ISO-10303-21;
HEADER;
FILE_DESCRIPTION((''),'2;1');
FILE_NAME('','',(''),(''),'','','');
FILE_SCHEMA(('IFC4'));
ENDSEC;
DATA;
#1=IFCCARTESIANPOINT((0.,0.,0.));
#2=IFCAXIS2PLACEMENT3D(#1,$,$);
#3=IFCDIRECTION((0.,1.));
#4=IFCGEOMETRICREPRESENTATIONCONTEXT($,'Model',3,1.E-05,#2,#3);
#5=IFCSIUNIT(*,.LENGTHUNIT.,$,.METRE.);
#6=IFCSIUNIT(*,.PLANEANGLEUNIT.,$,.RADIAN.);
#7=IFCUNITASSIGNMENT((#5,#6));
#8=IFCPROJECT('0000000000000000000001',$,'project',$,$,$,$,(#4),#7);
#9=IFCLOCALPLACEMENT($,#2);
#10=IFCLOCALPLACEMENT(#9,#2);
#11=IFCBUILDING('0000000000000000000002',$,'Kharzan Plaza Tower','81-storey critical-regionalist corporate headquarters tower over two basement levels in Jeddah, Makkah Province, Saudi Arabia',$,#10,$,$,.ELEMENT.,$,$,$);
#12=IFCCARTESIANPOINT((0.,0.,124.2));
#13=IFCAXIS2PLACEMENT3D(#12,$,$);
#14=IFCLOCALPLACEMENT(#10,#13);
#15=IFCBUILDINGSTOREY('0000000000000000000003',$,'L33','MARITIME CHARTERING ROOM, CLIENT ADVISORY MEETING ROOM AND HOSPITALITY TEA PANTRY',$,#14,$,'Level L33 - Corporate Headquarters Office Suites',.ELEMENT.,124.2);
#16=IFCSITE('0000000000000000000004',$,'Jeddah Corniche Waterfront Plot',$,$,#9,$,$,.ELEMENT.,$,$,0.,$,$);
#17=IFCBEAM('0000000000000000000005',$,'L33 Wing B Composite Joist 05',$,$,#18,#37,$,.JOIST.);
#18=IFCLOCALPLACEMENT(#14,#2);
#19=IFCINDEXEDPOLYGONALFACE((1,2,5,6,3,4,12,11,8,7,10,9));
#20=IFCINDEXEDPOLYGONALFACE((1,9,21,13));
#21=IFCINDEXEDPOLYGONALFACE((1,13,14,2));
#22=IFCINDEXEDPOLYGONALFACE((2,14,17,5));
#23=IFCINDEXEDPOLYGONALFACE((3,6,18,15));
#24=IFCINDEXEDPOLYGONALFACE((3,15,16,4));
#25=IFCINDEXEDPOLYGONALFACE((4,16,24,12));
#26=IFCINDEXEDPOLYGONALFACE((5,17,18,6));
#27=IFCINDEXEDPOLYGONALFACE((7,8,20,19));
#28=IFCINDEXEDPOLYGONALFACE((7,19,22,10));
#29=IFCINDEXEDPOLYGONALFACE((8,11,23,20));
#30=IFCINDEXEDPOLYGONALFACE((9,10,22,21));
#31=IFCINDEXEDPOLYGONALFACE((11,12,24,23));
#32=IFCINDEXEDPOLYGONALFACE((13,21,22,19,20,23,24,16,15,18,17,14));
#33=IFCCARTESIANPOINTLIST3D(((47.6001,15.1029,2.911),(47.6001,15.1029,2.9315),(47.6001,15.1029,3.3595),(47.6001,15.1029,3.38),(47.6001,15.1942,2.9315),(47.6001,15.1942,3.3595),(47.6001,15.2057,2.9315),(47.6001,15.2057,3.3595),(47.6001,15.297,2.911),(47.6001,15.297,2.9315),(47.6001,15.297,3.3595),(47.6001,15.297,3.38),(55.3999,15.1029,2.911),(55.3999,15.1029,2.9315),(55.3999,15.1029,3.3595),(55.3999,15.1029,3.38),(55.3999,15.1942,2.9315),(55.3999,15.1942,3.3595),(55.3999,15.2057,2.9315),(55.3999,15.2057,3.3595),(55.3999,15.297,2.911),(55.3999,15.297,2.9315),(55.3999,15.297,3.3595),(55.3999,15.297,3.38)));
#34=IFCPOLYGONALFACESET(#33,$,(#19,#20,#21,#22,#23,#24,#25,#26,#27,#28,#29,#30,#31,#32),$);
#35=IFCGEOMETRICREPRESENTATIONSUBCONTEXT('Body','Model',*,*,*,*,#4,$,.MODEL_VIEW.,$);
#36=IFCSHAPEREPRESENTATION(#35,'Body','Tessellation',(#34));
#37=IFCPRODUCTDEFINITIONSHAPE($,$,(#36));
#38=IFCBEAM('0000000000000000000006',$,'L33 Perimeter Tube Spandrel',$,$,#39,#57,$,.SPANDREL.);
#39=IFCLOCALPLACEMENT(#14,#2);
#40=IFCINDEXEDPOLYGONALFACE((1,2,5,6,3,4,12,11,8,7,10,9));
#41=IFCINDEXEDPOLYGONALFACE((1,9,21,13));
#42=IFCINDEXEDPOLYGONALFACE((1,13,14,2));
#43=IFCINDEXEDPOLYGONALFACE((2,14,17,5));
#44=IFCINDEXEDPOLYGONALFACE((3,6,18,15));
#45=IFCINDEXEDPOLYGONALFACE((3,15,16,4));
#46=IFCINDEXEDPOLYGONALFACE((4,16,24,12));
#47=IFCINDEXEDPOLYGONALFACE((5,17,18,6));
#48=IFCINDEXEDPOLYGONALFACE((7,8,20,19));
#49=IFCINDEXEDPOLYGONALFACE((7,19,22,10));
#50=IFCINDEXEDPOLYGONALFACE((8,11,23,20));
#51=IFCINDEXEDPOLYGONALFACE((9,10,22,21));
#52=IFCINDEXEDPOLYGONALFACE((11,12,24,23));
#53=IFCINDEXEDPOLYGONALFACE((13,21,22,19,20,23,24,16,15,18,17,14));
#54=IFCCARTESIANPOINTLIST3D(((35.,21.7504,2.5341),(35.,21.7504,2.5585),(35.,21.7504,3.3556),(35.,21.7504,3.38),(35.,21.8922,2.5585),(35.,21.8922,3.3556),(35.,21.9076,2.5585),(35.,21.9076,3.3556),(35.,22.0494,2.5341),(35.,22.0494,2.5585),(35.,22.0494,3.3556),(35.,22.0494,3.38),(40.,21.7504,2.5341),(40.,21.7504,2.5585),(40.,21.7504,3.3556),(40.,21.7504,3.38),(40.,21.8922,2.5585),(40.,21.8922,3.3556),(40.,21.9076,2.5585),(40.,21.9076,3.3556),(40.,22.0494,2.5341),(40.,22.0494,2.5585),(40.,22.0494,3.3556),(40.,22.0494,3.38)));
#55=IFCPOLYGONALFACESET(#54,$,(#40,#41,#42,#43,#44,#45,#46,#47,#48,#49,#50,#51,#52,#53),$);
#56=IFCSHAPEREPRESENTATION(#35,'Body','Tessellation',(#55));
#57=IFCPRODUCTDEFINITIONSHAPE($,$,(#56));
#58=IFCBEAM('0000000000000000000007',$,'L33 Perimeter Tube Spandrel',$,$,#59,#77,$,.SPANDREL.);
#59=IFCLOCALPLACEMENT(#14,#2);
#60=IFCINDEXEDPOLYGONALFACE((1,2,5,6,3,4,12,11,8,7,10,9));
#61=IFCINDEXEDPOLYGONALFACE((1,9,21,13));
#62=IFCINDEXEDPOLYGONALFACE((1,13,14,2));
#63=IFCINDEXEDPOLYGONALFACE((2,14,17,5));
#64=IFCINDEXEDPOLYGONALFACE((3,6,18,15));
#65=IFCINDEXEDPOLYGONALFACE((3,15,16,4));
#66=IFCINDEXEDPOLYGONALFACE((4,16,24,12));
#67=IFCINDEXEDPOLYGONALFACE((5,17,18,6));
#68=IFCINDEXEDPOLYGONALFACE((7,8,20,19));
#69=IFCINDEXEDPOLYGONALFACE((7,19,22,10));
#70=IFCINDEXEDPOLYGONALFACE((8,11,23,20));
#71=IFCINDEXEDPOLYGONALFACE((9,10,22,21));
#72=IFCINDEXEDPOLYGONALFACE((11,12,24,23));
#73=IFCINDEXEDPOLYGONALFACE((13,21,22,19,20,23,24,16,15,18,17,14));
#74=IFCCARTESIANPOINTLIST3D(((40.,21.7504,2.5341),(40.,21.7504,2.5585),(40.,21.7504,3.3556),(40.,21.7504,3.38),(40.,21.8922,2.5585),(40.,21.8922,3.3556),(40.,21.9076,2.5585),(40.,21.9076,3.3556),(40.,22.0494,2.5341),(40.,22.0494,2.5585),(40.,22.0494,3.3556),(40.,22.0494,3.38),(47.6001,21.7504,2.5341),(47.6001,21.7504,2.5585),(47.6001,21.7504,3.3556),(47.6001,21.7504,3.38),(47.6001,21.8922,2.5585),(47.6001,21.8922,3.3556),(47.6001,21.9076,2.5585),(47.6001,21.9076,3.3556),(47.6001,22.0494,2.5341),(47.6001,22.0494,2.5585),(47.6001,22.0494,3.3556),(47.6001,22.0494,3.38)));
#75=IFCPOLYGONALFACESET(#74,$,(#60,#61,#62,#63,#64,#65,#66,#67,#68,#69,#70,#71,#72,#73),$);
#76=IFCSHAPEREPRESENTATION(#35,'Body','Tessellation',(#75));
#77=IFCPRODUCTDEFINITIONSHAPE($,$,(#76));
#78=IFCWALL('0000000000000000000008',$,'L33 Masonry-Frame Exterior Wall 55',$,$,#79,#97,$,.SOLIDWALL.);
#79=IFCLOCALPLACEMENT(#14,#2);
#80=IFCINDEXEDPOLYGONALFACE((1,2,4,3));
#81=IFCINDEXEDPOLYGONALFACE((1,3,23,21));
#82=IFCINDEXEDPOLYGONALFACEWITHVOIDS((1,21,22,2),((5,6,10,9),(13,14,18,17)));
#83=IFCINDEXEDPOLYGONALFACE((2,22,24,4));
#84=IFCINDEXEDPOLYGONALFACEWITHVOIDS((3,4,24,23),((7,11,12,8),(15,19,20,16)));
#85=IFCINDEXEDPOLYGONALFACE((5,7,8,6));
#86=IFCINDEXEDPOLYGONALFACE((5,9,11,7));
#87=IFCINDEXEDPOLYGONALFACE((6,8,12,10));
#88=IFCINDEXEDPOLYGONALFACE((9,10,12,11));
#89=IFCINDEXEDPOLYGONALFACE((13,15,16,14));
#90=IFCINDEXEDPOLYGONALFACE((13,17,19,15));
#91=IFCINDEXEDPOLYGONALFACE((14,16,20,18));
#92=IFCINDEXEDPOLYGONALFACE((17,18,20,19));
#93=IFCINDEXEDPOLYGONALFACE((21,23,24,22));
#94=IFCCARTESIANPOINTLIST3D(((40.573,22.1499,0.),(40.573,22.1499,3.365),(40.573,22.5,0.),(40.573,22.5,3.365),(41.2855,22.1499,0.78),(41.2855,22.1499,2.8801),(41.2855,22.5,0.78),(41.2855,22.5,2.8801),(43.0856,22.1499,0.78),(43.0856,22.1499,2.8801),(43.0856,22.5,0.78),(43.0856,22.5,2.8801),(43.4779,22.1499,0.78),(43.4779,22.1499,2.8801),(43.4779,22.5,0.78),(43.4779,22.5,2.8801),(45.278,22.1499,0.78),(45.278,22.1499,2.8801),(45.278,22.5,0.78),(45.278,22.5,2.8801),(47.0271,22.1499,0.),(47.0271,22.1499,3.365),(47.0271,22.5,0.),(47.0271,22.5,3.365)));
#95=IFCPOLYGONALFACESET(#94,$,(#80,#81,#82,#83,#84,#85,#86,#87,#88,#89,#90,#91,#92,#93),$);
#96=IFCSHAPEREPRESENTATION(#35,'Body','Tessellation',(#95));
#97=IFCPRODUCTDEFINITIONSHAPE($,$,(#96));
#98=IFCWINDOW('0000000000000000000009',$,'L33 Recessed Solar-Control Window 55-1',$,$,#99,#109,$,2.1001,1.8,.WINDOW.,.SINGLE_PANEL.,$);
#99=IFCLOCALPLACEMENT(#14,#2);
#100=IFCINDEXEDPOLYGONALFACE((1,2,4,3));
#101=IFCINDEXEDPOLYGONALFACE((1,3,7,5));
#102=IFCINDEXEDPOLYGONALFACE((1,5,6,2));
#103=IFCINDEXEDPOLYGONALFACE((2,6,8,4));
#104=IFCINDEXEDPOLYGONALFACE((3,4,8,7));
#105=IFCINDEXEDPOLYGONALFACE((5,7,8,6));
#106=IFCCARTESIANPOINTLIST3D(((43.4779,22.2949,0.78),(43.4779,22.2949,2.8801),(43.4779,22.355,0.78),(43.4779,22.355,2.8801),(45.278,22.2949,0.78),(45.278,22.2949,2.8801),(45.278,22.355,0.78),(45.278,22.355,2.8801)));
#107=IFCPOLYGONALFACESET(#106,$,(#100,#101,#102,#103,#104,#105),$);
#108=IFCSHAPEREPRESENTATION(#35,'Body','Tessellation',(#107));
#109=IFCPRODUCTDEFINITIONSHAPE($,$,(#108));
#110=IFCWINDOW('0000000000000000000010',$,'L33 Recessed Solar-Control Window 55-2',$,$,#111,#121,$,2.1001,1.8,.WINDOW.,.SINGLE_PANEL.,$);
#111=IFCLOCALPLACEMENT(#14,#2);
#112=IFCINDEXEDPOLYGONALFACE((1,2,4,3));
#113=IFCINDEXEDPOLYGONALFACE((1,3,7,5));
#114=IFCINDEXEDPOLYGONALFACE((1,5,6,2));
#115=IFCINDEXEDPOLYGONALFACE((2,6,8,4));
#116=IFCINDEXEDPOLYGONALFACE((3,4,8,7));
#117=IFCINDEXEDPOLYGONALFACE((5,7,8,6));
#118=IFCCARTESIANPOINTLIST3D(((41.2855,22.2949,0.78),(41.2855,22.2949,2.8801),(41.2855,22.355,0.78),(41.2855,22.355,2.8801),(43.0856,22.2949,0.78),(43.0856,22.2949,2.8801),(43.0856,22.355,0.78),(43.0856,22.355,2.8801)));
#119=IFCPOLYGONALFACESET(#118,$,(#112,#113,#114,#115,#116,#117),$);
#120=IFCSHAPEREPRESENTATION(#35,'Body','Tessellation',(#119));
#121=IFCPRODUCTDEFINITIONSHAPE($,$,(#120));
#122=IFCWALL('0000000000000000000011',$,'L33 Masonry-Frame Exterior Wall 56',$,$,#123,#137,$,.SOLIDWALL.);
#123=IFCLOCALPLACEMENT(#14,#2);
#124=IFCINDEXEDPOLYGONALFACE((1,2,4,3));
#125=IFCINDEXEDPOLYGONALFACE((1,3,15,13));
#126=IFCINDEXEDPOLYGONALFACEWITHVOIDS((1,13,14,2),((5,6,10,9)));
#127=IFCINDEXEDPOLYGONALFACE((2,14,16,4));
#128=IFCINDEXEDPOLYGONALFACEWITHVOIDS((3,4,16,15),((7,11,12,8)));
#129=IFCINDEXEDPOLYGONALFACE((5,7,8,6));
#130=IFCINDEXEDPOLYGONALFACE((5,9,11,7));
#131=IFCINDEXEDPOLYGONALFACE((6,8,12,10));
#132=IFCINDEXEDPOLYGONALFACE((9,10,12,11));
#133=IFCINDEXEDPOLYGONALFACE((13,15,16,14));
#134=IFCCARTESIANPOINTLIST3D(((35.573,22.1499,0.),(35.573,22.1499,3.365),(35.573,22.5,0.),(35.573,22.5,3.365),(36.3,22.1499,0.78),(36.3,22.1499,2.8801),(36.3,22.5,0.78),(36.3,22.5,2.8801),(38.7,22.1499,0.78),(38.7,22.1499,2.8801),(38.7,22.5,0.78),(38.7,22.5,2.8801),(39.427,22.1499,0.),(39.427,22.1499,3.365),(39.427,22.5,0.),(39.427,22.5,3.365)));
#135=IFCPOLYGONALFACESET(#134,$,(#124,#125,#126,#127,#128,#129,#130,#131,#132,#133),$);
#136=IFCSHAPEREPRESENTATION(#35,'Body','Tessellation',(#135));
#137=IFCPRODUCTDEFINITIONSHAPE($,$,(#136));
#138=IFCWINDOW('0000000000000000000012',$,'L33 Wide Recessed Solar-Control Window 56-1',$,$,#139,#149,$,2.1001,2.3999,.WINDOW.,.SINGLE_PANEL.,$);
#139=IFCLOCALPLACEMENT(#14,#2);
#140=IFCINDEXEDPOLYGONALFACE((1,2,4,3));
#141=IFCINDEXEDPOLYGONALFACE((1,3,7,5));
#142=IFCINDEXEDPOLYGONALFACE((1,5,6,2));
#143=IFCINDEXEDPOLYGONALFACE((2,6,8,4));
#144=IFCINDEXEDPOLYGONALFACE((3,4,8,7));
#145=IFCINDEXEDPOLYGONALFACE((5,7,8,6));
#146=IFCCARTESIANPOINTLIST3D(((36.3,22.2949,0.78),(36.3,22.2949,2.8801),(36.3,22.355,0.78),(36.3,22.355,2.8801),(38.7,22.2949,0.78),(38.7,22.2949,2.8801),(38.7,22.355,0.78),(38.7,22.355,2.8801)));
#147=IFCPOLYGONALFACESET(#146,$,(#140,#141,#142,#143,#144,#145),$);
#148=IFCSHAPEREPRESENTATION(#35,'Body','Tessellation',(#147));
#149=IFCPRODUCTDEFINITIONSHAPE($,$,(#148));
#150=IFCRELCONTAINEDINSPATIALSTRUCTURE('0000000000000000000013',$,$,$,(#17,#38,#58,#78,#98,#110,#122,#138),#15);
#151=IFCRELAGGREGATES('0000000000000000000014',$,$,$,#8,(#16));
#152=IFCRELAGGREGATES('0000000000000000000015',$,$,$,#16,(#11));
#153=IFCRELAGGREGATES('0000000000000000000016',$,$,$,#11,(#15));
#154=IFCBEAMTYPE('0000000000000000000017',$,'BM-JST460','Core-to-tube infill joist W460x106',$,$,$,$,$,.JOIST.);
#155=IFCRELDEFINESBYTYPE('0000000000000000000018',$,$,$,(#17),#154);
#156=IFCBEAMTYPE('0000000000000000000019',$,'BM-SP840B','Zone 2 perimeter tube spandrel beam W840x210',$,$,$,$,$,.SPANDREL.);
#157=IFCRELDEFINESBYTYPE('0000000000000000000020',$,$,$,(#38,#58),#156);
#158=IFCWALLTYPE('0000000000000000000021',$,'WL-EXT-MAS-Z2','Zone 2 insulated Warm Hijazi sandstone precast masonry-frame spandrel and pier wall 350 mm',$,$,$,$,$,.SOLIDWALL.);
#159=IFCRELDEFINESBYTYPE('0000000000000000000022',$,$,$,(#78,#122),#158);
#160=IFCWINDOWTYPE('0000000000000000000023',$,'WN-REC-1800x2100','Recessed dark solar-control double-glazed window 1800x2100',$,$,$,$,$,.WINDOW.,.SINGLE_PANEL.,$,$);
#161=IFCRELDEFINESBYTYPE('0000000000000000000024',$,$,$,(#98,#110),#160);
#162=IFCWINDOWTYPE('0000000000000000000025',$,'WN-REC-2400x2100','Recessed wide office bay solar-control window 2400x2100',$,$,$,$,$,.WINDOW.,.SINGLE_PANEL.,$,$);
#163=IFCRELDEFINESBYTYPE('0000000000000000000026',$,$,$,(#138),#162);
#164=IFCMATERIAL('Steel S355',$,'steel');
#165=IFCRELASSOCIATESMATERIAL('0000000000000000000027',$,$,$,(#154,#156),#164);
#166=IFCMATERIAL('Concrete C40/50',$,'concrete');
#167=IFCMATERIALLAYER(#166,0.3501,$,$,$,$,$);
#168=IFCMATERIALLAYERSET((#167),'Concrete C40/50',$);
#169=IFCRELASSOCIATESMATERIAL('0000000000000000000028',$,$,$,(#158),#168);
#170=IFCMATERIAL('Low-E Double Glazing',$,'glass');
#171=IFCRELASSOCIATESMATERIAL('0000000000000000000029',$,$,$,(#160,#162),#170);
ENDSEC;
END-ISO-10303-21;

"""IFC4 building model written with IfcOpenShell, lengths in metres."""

from ifc_helpers import new_model, si_unit, direction, frame, frame_2d, origin, origin_2d, place, context, subcontext, project, spatial, rectangle, i_section, extrude, source, transform, mapped, material, layer, layer_set, material_profile, profile_set, type_object, element, fill, save


model = new_model("IFC4")

# Units and contexts
model_context = context("Model", 3, precision=1e-05, world=origin(), true_north=direction((0.0, 1.0)))
body_context = subcontext(model_context, "Body", "Model", "MODEL_VIEW")
ifc_project = project(units=[si_unit("LENGTHUNIT", "METRE"), si_unit("PLANEANGLEUNIT", "RADIAN")], contexts=[model_context])

# Site, building, storey
site_placement = place(None, origin())
site = spatial("IfcSite", under=ifc_project, at=site_placement, Name="Jeddah Corniche Waterfront Plot", CompositionType="ELEMENT", RefElevation=0.0)
building_placement = place(site_placement, origin())
building = spatial("IfcBuilding", under=site, at=building_placement, Name="Kharzan Plaza Tower", Description="81-storey critical-regionalist corporate headquarters tower over two basement levels in Jeddah, Makkah Province, Saudi Arabia", CompositionType="ELEMENT")
storey_placement = place(building_placement, frame((0.0, 0.0, 124.2)))
storey = spatial("IfcBuildingStorey", under=building, at=storey_placement, Name="L33", Description="MARITIME CHARTERING ROOM, CLIENT ADVISORY MEETING ROOM AND HOSPITALITY TEA PANTRY", LongName="Level L33 - Corporate Headquarters Office Suites", CompositionType="ELEMENT", Elevation=124.2)

# Beams
ifc_material_1 = material(Name="Steel S355", Category="steel")
ifc_material_profile_1 = material_profile(ifc_material_1, i_section(OverallWidth=0.1941, OverallDepth=0.469, WebThickness=0.0115, FlangeThickness=0.0205, at=origin_2d()), Name="W460x106")
ifc_profile_set_1 = profile_set([ifc_material_profile_1], Name="Steel S355")
beam_type_1 = type_object("IfcBeamType", Name="BM-JST460", Description="Core-to-tube infill joist W460x106", PredefinedType="JOIST", material=ifc_profile_set_1)
shared_shape_1 = source(origin(), body_context, "Body", "SweptSolid", [
    extrude(i_section(OverallWidth=0.1941, OverallDepth=0.469, WebThickness=0.0115, FlangeThickness=0.0205, at=origin_2d()), origin(), (0.0, 0.0, 1.0), 7.7998),
])
beam_1_placement = place(storey_placement, frame((47.6001, 15.2, 3.1455), z_axis=(1.0, 0.0, 0.0), x_axis=(0.0, 1.0, 0.0)))
element("IfcBeam", 1, at=beam_1_placement, inside=storey, type_object=beam_type_1, Name="L33 Wing B Composite Joist 05", PredefinedType="JOIST", context=body_context, shape_type="MappedRepresentation", body=[
    mapped(shared_shape_1, transform((0.0, 0.0, 0.0), x_axis=(1.0, 0.0, 0.0), y_axis=(0.0, 1.0, 0.0), z_axis=(0.0, 0.0, 1.0))),
])
ifc_material_profile_2 = material_profile(ifc_material_1, i_section(OverallWidth=0.2991, OverallDepth=0.8459, WebThickness=0.0154, FlangeThickness=0.0244, at=origin_2d()), Name="W840x210")
ifc_profile_set_2 = profile_set([ifc_material_profile_2], Name="Steel S355")
beam_type_2 = type_object("IfcBeamType", Name="BM-SP840B", Description="Zone 2 perimeter tube spandrel beam W840x210", PredefinedType="SPANDREL", material=ifc_profile_set_2)
shared_shape_2 = source(origin(), body_context, "Body", "SweptSolid", [
    extrude(i_section(OverallWidth=0.2991, OverallDepth=0.8459, WebThickness=0.0154, FlangeThickness=0.0244, at=origin_2d()), origin(), (0.0, 0.0, 1.0), 5.0),
])
beam_2_placement = place(storey_placement, frame((35.0, 21.8999, 2.957), z_axis=(1.0, 0.0, 0.0), x_axis=(0.0, 1.0, 0.0)))
element("IfcBeam", 2, at=beam_2_placement, inside=storey, type_object=beam_type_2, Name="L33 Perimeter Tube Spandrel", PredefinedType="SPANDREL", context=body_context, shape_type="MappedRepresentation", body=[
    mapped(shared_shape_2, transform((0.0, 0.0, 0.0), x_axis=(1.0, 0.0, 0.0), y_axis=(0.0, 1.0, 0.0), z_axis=(0.0, 0.0, 1.0))),
])
shared_shape_3 = source(origin(), body_context, "Body", "SweptSolid", [
    extrude(i_section(OverallWidth=0.2991, OverallDepth=0.8459, WebThickness=0.0154, FlangeThickness=0.0244, at=origin_2d()), origin(), (0.0, 0.0, 1.0), 7.6001),
])
beam_3_placement = place(storey_placement, frame((40.0, 21.8999, 2.957), z_axis=(1.0, 0.0, 0.0), x_axis=(0.0, 1.0, 0.0)))
element("IfcBeam", 3, at=beam_3_placement, inside=storey, type_object=beam_type_2, Name="L33 Perimeter Tube Spandrel", PredefinedType="SPANDREL", context=body_context, shape_type="MappedRepresentation", body=[
    mapped(shared_shape_3, transform((0.0, 0.0, 0.0), x_axis=(1.0, 0.0, 0.0), y_axis=(0.0, 1.0, 0.0), z_axis=(0.0, 0.0, 1.0))),
])

# Wall, openings, windows
ifc_material_2 = material(Name="Concrete C40/50", Category="concrete")
ifc_layer_1 = layer(ifc_material_2, 0.3501)
ifc_layer_set_1 = layer_set([ifc_layer_1], Name="Concrete C40/50")
wall_type_1 = type_object("IfcWallType", Name="WL-EXT-MAS-Z2", Description="Zone 2 insulated Warm Hijazi sandstone precast masonry-frame spandrel and pier wall 350 mm", PredefinedType="SOLIDWALL", material=ifc_layer_set_1)
wall_1_placement = place(storey_placement, frame((47.0271, 22.325, 0.0), z_axis=(0.0, 0.0, 1.0), x_axis=(-1.0, 0.0, 0.0)))
wall_1 = element("IfcWall", 4, at=wall_1_placement, inside=storey, type_object=wall_type_1, Name="L33 Masonry-Frame Exterior Wall 55", PredefinedType="SOLIDWALL", context=body_context, shape_type="SweptSolid", body=[
    extrude(rectangle(XDim=6.4541, YDim=0.3501, at=frame_2d((3.2271, 0.0))), origin(), (0.0, 0.0, 1.0), 3.365),
])
opening_1_placement = place(wall_1_placement, frame((1.7493, 0.0, 0.78)))
opening_1 = element("IfcOpeningElement", 5, at=opening_1_placement, cuts=wall_1, PredefinedType="OPENING", context=body_context, shape_type="SweptSolid", body=[
    extrude(rectangle(XDim=1.8, YDim=2.1001, at=frame_2d((0.8999, 1.05))), frame((0.0, 0.1851, 0.0), z_axis=(0.0, -1.0, 0.0), x_axis=(1.0, 0.0, 0.0)), (0.0, 0.0, 1.0), 0.3701),
])
opening_2_placement = place(wall_1_placement, frame((3.9417, 0.0, 0.78)))
opening_2 = element("IfcOpeningElement", 6, at=opening_2_placement, cuts=wall_1, PredefinedType="OPENING", context=body_context, shape_type="SweptSolid", body=[
    extrude(rectangle(XDim=1.8, YDim=2.1001, at=frame_2d((0.8999, 1.05))), frame((0.0, 0.1851, 0.0), z_axis=(0.0, -1.0, 0.0), x_axis=(1.0, 0.0, 0.0)), (0.0, 0.0, 1.0), 0.3701),
])
ifc_material_3 = material(Name="Low-E Double Glazing", Category="glass")
window_type_1 = type_object("IfcWindowType", Name="WN-REC-1800x2100", Description="Recessed dark solar-control double-glazed window 1800x2100", PartitioningType="SINGLE_PANEL", PredefinedType="WINDOW", material=ifc_material_3)
shared_shape_4 = source(origin(), body_context, "Body", "SweptSolid", [
    extrude(rectangle(XDim=1.8, YDim=2.1001, at=frame_2d((0.8999, 1.05))), frame((0.0, 0.03, 0.0), z_axis=(0.0, -1.0, 0.0), x_axis=(1.0, 0.0, 0.0)), (0.0, 0.0, 1.0), 0.0601),
])
window_1_placement = place(opening_1_placement, origin())
window_1 = element("IfcWindow", 7, at=window_1_placement, inside=storey, type_object=window_type_1, Name="L33 Recessed Solar-Control Window 55-1", OverallHeight=2.1001, OverallWidth=1.8, PartitioningType="SINGLE_PANEL", PredefinedType="WINDOW", context=body_context, shape_type="MappedRepresentation", body=[
    mapped(shared_shape_4, transform((0.0, 0.0, 0.0), x_axis=(1.0, 0.0, 0.0), y_axis=(0.0, 1.0, 0.0), z_axis=(0.0, 0.0, 1.0))),
])
fill(opening_1, window_1)
window_2_placement = place(opening_2_placement, origin())
window_2 = element("IfcWindow", 8, at=window_2_placement, inside=storey, type_object=window_type_1, Name="L33 Recessed Solar-Control Window 55-2", OverallHeight=2.1001, OverallWidth=1.8, PartitioningType="SINGLE_PANEL", PredefinedType="WINDOW", context=body_context, shape_type="MappedRepresentation", body=[
    mapped(shared_shape_4, transform((0.0, 0.0, 0.0), x_axis=(1.0, 0.0, 0.0), y_axis=(0.0, 1.0, 0.0), z_axis=(0.0, 0.0, 1.0))),
])
fill(opening_2, window_2)

# Wall, opening, window
wall_2_placement = place(storey_placement, frame((39.427, 22.325, 0.0), z_axis=(0.0, 0.0, 1.0), x_axis=(-1.0, 0.0, 0.0)))
wall_2 = element("IfcWall", 9, at=wall_2_placement, inside=storey, type_object=wall_type_1, Name="L33 Masonry-Frame Exterior Wall 56", PredefinedType="SOLIDWALL", context=body_context, shape_type="SweptSolid", body=[
    extrude(rectangle(XDim=3.854, YDim=0.3501, at=frame_2d((1.927, 0.0))), origin(), (0.0, 0.0, 1.0), 3.365),
])
opening_3_placement = place(wall_2_placement, frame((0.7271, 0.0, 0.78)))
opening_3 = element("IfcOpeningElement", 10, at=opening_3_placement, cuts=wall_2, PredefinedType="OPENING", context=body_context, shape_type="SweptSolid", body=[
    extrude(rectangle(XDim=2.3999, YDim=2.1001, at=frame_2d((1.2, 1.05))), frame((0.0, 0.1851, 0.0), z_axis=(0.0, -1.0, 0.0), x_axis=(1.0, 0.0, 0.0)), (0.0, 0.0, 1.0), 0.3701),
])
window_type_2 = type_object("IfcWindowType", Name="WN-REC-2400x2100", Description="Recessed wide office bay solar-control window 2400x2100", PartitioningType="SINGLE_PANEL", PredefinedType="WINDOW", material=ifc_material_3)
shared_shape_5 = source(origin(), body_context, "Body", "SweptSolid", [
    extrude(rectangle(XDim=2.3999, YDim=2.1001, at=frame_2d((1.2, 1.05))), frame((0.0, 0.03, 0.0), z_axis=(0.0, -1.0, 0.0), x_axis=(1.0, 0.0, 0.0)), (0.0, 0.0, 1.0), 0.0601),
])
window_3_placement = place(opening_3_placement, origin())
window_3 = element("IfcWindow", 11, at=window_3_placement, inside=storey, type_object=window_type_2, Name="L33 Wide Recessed Solar-Control Window 56-1", OverallHeight=2.1001, OverallWidth=2.3999, PartitioningType="SINGLE_PANEL", PredefinedType="WINDOW", context=body_context, shape_type="MappedRepresentation", body=[
    mapped(shared_shape_5, transform((0.0, 0.0, 0.0), x_axis=(1.0, 0.0, 0.0), y_axis=(0.0, 1.0, 0.0), z_axis=(0.0, 0.0, 1.0))),
])
fill(opening_3, window_3)

save(model, "model.ifc")
